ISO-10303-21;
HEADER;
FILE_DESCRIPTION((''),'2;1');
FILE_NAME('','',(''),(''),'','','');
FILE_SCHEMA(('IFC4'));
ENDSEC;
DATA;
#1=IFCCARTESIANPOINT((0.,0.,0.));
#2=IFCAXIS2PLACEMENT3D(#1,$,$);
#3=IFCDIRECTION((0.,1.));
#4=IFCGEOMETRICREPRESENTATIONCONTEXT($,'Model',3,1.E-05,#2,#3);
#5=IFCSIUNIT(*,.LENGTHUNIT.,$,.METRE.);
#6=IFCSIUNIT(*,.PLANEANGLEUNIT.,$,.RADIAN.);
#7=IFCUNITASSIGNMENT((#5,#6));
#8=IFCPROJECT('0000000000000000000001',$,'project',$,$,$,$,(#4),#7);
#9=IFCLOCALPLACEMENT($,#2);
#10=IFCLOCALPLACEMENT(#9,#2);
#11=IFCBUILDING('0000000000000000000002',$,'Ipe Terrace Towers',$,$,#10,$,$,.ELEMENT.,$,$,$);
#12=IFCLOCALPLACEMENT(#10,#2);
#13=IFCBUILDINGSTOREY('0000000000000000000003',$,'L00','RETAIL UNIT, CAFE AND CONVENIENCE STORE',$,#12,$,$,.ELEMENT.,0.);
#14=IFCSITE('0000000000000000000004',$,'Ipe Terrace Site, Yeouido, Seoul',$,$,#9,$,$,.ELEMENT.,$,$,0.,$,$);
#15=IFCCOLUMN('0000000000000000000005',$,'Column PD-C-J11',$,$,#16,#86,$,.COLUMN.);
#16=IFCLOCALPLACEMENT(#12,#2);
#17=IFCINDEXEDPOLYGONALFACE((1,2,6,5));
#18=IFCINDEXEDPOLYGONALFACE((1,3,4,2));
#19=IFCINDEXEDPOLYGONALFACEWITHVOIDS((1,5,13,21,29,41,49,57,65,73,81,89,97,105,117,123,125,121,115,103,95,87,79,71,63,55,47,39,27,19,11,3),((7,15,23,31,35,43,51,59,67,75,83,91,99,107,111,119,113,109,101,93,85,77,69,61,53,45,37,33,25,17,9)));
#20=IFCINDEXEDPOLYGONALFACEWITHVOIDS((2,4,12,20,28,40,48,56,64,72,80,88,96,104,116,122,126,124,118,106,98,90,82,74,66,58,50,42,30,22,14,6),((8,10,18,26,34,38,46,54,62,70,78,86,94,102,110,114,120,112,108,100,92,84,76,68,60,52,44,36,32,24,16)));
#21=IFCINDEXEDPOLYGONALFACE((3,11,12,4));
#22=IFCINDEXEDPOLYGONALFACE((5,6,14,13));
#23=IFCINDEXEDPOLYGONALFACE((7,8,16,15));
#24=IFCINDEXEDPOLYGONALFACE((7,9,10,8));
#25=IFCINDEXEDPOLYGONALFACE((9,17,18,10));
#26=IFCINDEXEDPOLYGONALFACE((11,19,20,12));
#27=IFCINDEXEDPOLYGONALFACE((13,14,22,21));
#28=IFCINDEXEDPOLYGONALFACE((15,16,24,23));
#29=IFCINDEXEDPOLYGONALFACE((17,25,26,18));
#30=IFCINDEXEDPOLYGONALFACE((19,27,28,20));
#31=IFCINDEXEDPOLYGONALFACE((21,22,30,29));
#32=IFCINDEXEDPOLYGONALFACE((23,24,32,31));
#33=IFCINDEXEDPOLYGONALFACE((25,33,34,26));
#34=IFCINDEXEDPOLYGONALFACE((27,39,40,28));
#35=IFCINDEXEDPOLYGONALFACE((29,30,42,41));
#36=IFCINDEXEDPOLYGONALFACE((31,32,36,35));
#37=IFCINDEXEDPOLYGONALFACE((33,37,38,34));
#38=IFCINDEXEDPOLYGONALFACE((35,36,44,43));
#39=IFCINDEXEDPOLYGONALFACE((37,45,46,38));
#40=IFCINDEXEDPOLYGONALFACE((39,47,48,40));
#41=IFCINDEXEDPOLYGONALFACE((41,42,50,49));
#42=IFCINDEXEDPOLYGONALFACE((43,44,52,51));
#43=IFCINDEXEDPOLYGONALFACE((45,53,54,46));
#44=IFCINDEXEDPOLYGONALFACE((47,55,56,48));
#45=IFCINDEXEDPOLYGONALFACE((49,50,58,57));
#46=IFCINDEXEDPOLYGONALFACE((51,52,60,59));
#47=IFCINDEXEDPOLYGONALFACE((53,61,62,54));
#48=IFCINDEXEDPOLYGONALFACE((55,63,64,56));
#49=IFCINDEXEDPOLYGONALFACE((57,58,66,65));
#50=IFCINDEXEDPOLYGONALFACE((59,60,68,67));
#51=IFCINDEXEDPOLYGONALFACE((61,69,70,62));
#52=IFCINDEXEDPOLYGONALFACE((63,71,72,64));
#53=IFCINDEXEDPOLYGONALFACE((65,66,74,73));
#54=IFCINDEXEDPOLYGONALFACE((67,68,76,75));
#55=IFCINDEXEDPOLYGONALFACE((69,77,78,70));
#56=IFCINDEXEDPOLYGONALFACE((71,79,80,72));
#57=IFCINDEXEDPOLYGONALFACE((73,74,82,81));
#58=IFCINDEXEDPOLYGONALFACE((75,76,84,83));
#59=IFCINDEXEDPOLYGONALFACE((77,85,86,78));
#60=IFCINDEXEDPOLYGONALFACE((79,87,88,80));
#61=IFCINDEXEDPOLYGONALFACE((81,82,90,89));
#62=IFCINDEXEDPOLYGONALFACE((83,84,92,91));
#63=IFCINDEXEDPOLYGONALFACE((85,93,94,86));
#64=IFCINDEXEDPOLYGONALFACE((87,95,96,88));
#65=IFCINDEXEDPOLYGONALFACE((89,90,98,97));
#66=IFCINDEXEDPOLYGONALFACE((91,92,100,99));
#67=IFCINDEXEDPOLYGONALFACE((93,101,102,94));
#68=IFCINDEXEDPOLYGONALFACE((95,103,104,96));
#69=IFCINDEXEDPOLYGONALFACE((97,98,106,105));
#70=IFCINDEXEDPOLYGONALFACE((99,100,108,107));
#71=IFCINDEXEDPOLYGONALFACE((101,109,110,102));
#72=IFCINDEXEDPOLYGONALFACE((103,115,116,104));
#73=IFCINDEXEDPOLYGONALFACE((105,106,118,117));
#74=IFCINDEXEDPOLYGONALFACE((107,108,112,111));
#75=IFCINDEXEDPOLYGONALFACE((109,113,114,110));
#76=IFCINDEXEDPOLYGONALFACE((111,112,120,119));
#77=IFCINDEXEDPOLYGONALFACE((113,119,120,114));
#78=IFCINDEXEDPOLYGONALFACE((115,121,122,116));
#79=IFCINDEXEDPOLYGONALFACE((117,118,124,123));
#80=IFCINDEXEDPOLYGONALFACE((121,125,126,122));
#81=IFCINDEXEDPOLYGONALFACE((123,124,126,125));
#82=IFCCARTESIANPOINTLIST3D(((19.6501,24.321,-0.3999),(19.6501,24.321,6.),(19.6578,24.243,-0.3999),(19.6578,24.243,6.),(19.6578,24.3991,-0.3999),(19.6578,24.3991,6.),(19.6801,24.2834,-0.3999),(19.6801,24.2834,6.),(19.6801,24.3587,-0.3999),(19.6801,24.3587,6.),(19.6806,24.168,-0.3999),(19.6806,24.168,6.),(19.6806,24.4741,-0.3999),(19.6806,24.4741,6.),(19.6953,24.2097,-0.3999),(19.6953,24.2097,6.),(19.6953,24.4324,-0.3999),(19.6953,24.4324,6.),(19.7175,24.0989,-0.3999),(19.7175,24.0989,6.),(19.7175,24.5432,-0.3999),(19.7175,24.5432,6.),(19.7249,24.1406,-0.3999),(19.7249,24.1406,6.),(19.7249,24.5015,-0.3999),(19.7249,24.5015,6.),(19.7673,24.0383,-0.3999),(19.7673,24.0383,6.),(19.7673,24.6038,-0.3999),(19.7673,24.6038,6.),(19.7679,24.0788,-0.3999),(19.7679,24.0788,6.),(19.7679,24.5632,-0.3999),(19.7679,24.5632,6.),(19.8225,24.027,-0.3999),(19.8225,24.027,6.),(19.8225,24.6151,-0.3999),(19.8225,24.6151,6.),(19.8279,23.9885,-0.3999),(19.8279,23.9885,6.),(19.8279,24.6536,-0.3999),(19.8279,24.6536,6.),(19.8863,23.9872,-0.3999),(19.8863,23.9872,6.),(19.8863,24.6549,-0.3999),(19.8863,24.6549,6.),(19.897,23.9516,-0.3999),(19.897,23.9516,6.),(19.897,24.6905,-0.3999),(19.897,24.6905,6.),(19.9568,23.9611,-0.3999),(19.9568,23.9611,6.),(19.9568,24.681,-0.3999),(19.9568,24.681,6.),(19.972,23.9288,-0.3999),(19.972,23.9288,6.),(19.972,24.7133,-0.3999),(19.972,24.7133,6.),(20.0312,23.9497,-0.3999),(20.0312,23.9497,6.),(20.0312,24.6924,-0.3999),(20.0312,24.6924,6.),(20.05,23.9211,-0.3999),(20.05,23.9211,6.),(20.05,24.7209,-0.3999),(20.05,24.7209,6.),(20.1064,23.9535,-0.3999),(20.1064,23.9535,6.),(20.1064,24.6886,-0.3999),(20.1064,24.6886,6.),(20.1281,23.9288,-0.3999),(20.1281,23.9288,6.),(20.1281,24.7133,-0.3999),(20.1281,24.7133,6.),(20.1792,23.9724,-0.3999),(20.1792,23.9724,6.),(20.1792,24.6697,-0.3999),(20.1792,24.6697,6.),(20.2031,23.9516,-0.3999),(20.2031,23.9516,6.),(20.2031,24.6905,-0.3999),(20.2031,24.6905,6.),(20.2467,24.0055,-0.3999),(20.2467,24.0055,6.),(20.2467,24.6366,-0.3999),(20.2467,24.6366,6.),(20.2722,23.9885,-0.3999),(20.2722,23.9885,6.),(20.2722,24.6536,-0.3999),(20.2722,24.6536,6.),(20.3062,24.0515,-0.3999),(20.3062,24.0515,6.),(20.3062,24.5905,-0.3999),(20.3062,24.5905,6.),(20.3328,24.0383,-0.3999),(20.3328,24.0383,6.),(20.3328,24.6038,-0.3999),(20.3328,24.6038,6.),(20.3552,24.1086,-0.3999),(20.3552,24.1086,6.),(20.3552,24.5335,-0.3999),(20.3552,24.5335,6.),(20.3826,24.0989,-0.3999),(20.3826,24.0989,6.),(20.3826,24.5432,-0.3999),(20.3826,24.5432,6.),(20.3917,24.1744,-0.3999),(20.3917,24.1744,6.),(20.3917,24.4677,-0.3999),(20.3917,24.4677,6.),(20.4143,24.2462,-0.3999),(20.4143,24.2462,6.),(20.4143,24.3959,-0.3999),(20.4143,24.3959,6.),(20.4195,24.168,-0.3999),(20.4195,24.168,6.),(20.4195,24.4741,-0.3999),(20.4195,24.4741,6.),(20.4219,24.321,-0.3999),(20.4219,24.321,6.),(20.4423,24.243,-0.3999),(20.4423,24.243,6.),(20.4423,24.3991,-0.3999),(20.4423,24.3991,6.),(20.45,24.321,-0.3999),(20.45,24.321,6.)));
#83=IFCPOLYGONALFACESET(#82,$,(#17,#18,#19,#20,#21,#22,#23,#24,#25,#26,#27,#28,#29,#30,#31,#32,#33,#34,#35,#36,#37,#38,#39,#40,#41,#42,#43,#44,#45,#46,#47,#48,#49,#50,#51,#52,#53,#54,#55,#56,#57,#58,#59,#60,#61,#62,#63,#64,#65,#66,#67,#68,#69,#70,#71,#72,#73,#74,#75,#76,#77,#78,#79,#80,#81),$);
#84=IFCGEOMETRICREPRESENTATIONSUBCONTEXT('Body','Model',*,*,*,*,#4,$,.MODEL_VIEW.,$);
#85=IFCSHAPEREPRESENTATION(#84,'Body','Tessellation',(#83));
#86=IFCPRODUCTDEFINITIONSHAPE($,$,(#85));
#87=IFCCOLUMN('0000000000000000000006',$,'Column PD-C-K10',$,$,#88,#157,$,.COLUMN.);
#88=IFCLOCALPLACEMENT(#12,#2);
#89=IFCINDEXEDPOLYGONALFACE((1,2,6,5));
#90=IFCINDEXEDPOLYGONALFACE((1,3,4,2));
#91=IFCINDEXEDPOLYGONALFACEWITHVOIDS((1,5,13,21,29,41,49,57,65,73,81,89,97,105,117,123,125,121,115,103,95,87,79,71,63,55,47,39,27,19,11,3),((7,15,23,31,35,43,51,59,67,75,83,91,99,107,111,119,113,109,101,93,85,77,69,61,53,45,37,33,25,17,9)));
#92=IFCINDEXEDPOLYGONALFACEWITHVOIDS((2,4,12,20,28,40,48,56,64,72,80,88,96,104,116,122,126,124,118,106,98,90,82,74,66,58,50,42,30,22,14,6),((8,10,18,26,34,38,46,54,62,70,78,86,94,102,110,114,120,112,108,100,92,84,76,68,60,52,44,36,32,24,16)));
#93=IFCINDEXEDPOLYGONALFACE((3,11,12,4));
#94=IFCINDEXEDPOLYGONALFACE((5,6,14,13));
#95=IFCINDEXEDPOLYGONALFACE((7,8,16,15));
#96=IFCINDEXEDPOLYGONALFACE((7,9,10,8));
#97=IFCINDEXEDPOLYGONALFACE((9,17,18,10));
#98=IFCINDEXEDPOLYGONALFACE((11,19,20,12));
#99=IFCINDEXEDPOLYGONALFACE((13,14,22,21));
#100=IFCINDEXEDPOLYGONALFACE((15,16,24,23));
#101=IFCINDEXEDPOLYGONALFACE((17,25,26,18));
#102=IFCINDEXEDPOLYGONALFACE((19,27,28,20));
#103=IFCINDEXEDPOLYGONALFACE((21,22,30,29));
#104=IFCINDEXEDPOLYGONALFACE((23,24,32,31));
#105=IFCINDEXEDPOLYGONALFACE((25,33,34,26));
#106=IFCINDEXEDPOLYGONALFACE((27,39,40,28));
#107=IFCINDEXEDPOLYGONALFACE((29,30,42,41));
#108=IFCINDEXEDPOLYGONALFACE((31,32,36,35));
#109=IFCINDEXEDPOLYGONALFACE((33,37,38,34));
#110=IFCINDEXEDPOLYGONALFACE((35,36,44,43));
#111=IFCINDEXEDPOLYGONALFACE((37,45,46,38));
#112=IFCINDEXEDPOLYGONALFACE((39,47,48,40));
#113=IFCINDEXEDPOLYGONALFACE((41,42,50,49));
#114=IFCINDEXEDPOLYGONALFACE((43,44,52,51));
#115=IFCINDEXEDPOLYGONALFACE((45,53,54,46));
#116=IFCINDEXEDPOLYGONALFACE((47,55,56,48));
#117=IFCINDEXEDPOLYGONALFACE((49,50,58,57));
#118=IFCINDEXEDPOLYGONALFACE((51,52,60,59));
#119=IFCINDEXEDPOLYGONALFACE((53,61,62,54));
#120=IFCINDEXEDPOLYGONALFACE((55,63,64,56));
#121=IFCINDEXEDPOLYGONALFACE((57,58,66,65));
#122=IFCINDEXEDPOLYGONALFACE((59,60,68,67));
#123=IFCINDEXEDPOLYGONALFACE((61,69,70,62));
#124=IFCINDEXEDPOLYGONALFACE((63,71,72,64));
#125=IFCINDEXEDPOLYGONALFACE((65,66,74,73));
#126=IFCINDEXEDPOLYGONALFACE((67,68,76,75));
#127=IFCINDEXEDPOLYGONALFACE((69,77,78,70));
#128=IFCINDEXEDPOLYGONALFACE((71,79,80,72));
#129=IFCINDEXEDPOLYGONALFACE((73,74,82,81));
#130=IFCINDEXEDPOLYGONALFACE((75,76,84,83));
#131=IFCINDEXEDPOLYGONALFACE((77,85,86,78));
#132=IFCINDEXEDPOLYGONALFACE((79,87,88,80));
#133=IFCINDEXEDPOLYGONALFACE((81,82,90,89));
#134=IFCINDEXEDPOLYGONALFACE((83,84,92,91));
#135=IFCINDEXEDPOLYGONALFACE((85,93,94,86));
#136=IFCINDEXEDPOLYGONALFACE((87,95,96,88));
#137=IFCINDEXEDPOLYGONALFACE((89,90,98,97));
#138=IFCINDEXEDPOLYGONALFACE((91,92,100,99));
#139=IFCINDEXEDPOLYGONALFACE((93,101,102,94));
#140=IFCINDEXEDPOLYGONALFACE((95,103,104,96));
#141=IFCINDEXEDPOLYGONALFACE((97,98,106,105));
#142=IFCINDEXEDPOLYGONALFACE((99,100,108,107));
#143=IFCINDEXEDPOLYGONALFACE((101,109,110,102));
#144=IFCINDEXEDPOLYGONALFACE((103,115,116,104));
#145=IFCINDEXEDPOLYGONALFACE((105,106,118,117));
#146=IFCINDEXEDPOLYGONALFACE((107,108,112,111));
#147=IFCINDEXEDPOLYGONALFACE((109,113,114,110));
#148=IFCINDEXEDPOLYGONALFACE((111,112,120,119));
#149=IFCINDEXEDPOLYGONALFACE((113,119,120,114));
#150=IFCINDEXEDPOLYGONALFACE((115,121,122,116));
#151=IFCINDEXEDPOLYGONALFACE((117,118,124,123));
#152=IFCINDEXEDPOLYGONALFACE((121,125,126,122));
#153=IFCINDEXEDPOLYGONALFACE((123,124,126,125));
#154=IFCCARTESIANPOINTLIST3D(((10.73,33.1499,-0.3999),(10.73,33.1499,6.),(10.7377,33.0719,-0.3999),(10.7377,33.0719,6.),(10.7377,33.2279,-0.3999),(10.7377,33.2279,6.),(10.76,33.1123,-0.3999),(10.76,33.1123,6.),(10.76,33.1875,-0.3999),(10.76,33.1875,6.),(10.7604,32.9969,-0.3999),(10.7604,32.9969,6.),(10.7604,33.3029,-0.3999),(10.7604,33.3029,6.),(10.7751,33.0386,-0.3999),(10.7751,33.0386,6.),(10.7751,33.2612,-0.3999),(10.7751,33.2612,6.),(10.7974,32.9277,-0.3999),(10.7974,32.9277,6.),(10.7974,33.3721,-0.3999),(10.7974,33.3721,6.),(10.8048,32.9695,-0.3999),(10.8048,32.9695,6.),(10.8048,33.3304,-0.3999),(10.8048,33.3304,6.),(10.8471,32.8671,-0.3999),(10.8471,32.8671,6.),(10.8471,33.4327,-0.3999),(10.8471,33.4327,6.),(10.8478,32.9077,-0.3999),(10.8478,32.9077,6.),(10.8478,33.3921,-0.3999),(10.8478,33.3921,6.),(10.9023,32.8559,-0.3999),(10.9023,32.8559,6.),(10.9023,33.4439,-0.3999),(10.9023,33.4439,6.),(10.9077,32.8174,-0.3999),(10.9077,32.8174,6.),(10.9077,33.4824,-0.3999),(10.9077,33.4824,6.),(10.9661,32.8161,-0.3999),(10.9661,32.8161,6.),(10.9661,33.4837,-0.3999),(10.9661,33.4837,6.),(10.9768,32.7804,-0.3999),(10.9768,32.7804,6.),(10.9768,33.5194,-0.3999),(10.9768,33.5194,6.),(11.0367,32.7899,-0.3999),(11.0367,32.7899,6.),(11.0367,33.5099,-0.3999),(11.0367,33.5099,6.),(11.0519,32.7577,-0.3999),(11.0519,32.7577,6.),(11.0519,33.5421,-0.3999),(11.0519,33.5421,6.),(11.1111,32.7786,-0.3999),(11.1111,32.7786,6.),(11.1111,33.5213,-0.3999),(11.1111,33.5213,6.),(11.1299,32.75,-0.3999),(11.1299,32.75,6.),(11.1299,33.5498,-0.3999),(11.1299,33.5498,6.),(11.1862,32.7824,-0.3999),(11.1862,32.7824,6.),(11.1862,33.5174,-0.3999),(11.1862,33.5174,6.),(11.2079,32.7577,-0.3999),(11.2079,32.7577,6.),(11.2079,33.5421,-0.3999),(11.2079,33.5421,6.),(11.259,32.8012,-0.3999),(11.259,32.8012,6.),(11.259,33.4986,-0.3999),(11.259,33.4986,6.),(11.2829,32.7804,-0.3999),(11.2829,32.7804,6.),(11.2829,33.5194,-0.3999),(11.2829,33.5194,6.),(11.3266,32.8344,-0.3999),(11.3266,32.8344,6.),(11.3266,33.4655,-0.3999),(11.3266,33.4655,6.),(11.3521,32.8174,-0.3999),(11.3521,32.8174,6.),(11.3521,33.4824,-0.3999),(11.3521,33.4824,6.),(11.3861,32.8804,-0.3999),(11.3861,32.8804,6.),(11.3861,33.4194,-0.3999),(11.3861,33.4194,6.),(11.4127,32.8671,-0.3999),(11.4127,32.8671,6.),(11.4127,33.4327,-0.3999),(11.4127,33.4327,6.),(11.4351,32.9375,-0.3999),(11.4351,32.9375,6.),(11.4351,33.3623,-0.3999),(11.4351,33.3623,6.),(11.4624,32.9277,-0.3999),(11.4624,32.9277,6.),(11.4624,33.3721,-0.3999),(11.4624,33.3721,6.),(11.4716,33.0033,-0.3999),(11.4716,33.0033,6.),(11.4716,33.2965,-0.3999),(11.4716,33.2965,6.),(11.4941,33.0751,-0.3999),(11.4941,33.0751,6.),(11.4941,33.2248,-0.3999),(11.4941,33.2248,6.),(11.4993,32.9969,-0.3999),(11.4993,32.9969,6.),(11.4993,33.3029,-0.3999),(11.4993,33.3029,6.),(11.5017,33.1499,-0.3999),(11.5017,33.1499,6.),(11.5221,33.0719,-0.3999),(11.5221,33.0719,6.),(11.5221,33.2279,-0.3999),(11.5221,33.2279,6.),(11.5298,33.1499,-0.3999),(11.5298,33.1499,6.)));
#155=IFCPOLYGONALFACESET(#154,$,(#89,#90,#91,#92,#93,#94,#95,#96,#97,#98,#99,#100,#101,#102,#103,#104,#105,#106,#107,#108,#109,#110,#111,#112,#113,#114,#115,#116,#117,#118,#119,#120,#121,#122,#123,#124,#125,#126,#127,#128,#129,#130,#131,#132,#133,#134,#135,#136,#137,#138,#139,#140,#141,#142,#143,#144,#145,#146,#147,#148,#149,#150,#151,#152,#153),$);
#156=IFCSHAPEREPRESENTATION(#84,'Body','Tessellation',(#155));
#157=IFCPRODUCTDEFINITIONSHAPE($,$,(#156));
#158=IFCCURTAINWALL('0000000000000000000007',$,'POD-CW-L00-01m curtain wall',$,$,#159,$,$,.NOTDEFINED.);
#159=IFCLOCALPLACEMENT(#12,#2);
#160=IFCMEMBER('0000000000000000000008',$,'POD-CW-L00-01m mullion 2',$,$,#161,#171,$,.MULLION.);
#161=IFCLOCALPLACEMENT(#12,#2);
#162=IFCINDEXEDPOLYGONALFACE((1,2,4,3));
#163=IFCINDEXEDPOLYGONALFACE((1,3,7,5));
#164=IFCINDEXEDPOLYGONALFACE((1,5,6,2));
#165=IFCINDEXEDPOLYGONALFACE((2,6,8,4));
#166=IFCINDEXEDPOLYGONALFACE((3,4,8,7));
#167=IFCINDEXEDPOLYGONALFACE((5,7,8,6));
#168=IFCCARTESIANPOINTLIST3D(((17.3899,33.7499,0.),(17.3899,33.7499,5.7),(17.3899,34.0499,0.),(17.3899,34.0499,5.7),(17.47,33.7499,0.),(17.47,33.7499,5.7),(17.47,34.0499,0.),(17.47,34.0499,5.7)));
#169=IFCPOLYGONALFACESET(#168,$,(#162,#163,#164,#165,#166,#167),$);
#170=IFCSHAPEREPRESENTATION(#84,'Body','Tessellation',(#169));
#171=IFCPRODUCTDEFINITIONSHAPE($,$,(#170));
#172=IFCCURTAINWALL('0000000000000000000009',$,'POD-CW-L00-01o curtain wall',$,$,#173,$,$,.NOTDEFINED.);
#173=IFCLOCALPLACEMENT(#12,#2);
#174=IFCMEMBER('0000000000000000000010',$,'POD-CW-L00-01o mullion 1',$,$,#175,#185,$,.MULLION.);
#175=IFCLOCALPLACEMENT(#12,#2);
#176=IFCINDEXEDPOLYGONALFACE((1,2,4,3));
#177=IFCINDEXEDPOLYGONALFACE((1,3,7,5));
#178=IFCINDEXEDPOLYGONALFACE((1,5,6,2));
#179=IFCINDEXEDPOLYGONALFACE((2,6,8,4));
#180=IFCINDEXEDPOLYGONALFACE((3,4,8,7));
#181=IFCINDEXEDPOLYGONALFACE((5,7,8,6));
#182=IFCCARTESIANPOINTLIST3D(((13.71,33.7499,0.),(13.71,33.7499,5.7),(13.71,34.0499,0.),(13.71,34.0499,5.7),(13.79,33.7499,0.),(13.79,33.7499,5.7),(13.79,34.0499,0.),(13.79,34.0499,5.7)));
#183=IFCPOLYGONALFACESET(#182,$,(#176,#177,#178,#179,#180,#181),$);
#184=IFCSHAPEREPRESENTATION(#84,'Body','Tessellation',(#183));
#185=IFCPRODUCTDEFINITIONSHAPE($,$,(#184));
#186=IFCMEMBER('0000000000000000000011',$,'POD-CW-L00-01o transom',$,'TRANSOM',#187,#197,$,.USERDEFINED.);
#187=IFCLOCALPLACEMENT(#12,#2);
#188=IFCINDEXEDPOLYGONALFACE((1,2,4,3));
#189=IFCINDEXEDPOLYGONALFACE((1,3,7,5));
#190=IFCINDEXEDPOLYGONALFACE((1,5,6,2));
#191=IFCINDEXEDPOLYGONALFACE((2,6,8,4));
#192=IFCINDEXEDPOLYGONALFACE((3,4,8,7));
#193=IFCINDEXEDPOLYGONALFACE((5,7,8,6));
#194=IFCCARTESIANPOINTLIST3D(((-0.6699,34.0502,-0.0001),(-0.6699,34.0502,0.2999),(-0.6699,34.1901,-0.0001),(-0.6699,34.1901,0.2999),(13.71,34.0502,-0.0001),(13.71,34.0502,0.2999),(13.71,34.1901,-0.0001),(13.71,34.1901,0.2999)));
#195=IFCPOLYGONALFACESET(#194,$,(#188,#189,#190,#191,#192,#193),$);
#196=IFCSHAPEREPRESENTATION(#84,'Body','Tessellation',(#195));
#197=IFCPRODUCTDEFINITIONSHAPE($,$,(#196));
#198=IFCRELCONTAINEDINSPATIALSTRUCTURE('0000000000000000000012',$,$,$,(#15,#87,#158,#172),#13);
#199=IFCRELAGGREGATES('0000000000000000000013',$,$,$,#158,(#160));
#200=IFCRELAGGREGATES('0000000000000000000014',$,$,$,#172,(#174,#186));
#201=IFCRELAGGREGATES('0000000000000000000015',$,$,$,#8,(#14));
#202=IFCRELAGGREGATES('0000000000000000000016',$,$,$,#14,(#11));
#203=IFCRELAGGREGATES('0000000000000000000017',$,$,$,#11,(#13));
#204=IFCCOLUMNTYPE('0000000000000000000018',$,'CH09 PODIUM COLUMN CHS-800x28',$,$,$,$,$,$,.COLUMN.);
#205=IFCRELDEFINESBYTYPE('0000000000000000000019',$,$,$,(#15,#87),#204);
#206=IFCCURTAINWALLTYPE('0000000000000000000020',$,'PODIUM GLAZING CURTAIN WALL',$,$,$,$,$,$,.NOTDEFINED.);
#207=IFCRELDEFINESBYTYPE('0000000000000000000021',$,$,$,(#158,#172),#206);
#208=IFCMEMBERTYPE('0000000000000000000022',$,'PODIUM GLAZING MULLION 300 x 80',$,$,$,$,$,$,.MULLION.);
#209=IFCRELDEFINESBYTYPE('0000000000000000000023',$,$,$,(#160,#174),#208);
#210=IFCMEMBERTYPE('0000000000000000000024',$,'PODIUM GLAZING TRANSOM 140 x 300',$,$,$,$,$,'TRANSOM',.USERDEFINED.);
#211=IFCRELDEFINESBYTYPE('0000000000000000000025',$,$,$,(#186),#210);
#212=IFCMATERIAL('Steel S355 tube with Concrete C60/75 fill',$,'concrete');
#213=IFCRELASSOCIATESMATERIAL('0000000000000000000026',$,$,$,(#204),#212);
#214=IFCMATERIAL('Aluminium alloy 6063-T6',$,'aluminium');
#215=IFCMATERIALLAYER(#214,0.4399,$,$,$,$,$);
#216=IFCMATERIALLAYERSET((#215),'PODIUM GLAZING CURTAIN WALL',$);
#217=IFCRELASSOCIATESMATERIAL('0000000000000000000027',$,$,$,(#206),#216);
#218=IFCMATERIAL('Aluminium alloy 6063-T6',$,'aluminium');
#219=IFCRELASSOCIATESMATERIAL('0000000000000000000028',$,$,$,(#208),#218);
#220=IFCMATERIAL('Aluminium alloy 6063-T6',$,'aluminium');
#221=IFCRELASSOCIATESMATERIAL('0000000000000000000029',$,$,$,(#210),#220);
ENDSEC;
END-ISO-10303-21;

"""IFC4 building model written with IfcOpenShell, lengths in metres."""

from ifc_helpers import new_model, si_unit, direction, frame, origin, origin_2d, place, context, subcontext, project, spatial, rectangle, hollow_circle, extrude, material, layer, layer_set, material_profile, profile_set, type_object, element, aggregate, save


model = new_model("IFC4")

# Units and contexts
model_context = context("Model", 3, precision=1e-05, world=origin(), true_north=direction((0.0, 1.0)))
body_context = subcontext(model_context, "Body", "Model", "MODEL_VIEW")
ifc_project = project(units=[si_unit("LENGTHUNIT", "METRE"), si_unit("PLANEANGLEUNIT", "RADIAN")], contexts=[model_context])

# Site, building, storey
site_placement = place(None, origin())
site = spatial("IfcSite", under=ifc_project, at=site_placement, Name="Ipe Terrace Site, Yeouido, Seoul", CompositionType="ELEMENT", RefElevation=0.0)
building_placement = place(site_placement, origin())
building = spatial("IfcBuilding", under=site, at=building_placement, Name="Ipe Terrace Towers", CompositionType="ELEMENT")
storey_placement = place(building_placement, origin())
storey = spatial("IfcBuildingStorey", under=building, at=storey_placement, Name="L00", Description="RETAIL UNIT, CAFE AND CONVENIENCE STORE", CompositionType="ELEMENT", Elevation=0.0)

# Columns
ifc_material_1 = material(Name="Steel S355 tube with Concrete C60/75 fill", Category="concrete")
ifc_material_profile_1 = material_profile(ifc_material_1, hollow_circle(Radius=0.3999, WallThickness=0.0281, at=origin_2d()), Name="CHS-800x28")
ifc_profile_set_1 = profile_set([ifc_material_profile_1], Name="Steel S355 tube with Concrete C60/75 fill")
column_type = type_object("IfcColumnType", Name="CH09 PODIUM COLUMN CHS-800x28", PredefinedType="COLUMN", material=ifc_profile_set_1)
for number, where, z_axis, x_axis, name in (
    (1, (20.05, 24.321, -0.3999), (0.0, 0.0, 1.0), (1.0, 0.0, 0.0), "Column PD-C-J11"),
    (2, (11.1299, 33.1499, -0.3999), (0.0, 0.0, 1.0), (1.0, 0.0, 0.0), "Column PD-C-K10"),
):
    element("IfcColumn", number, at=place(storey_placement, frame(where, z_axis=z_axis, x_axis=x_axis)), inside=storey, type_object=column_type, Name=name, PredefinedType="COLUMN", context=body_context, shape_type="SweptSolid", body=[
        extrude(hollow_circle(Radius=0.3999, WallThickness=0.0281, at=origin_2d()), origin(), (0.0, 0.0, 1.0), 6.3999),
    ])

# Curtain wall, member
ifc_material_2 = material(Name="Aluminium alloy 6063-T6", Category="aluminium")
ifc_layer_1 = layer(ifc_material_2, 0.4399)
ifc_layer_set_1 = layer_set([ifc_layer_1], Name="PODIUM GLAZING CURTAIN WALL")
curtain_wall_type = type_object("IfcCurtainWallType", Name="PODIUM GLAZING CURTAIN WALL", PredefinedType="NOTDEFINED", material=ifc_layer_set_1)
curtain_wall_1_placement = place(storey_placement, origin())
curtain_wall_1 = element("IfcCurtainWall", 3, at=curtain_wall_1_placement, inside=storey, type_object=curtain_wall_type, Name="POD-CW-L00-01m curtain wall", PredefinedType="NOTDEFINED")
ifc_material_3 = material(Name="Aluminium alloy 6063-T6", Category="aluminium")
ifc_material_profile_2 = material_profile(ifc_material_3, rectangle(XDim=0.3, YDim=0.0801, at=origin_2d()), Name="PODIUM GLAZING MULLION 300 x 80")
ifc_profile_set_2 = profile_set([ifc_material_profile_2], Name="Aluminium alloy 6063-T6")
member_type_1 = type_object("IfcMemberType", Name="PODIUM GLAZING MULLION 300 x 80", PredefinedType="MULLION", material=ifc_profile_set_2)
member_1_placement = place(storey_placement, frame((17.4299, 33.8999, 0.0), z_axis=(0.0, 0.0, 1.0), x_axis=(0.0, 1.0, 0.0)))
member_1 = element("IfcMember", 4, at=member_1_placement, type_object=member_type_1, Name="POD-CW-L00-01m mullion 2", PredefinedType="MULLION", context=body_context, shape_type="SweptSolid", body=[
    extrude(rectangle(XDim=0.3, YDim=0.0801, at=origin_2d()), origin(), (0.0, 0.0, 1.0), 5.7),
])
aggregate(curtain_wall_1, [member_1])

# Curtain wall, members
curtain_wall_2_placement = place(storey_placement, origin())
curtain_wall_2 = element("IfcCurtainWall", 5, at=curtain_wall_2_placement, inside=storey, type_object=curtain_wall_type, Name="POD-CW-L00-01o curtain wall", PredefinedType="NOTDEFINED")
member_2_placement = place(storey_placement, frame((13.75, 33.8999, 0.0), z_axis=(0.0, 0.0, 1.0), x_axis=(0.0, 1.0, 0.0)))
member_2 = element("IfcMember", 6, at=member_2_placement, type_object=member_type_1, Name="POD-CW-L00-01o mullion 1", PredefinedType="MULLION", context=body_context, shape_type="SweptSolid", body=[
    extrude(rectangle(XDim=0.3, YDim=0.0801, at=origin_2d()), origin(), (0.0, 0.0, 1.0), 5.7),
])
ifc_material_4 = material(Name="Aluminium alloy 6063-T6", Category="aluminium")
ifc_material_profile_3 = material_profile(ifc_material_4, rectangle(XDim=0.1399, YDim=0.3, at=origin_2d()), Name="PODIUM GLAZING TRANSOM 140 x 300")
ifc_profile_set_3 = profile_set([ifc_material_profile_3], Name="Aluminium alloy 6063-T6")
member_type_2 = type_object("IfcMemberType", Name="PODIUM GLAZING TRANSOM 140 x 300", ElementType="TRANSOM", PredefinedType="USERDEFINED", material=ifc_profile_set_3)
member_3_placement = place(storey_placement, frame((13.71, 34.1201, 0.1499), z_axis=(-1.0, 0.0, 0.0), x_axis=(0.0, 1.0, 0.0)))
member_3 = element("IfcMember", 7, at=member_3_placement, type_object=member_type_2, Name="POD-CW-L00-01o transom", ObjectType="TRANSOM", PredefinedType="USERDEFINED", context=body_context, shape_type="SweptSolid", body=[
    extrude(rectangle(XDim=0.1399, YDim=0.3, at=origin_2d()), origin(), (0.0, 0.0, 1.0), 14.3799),
])
aggregate(curtain_wall_2, [member_2, member_3])

save(model, "model.ifc")
